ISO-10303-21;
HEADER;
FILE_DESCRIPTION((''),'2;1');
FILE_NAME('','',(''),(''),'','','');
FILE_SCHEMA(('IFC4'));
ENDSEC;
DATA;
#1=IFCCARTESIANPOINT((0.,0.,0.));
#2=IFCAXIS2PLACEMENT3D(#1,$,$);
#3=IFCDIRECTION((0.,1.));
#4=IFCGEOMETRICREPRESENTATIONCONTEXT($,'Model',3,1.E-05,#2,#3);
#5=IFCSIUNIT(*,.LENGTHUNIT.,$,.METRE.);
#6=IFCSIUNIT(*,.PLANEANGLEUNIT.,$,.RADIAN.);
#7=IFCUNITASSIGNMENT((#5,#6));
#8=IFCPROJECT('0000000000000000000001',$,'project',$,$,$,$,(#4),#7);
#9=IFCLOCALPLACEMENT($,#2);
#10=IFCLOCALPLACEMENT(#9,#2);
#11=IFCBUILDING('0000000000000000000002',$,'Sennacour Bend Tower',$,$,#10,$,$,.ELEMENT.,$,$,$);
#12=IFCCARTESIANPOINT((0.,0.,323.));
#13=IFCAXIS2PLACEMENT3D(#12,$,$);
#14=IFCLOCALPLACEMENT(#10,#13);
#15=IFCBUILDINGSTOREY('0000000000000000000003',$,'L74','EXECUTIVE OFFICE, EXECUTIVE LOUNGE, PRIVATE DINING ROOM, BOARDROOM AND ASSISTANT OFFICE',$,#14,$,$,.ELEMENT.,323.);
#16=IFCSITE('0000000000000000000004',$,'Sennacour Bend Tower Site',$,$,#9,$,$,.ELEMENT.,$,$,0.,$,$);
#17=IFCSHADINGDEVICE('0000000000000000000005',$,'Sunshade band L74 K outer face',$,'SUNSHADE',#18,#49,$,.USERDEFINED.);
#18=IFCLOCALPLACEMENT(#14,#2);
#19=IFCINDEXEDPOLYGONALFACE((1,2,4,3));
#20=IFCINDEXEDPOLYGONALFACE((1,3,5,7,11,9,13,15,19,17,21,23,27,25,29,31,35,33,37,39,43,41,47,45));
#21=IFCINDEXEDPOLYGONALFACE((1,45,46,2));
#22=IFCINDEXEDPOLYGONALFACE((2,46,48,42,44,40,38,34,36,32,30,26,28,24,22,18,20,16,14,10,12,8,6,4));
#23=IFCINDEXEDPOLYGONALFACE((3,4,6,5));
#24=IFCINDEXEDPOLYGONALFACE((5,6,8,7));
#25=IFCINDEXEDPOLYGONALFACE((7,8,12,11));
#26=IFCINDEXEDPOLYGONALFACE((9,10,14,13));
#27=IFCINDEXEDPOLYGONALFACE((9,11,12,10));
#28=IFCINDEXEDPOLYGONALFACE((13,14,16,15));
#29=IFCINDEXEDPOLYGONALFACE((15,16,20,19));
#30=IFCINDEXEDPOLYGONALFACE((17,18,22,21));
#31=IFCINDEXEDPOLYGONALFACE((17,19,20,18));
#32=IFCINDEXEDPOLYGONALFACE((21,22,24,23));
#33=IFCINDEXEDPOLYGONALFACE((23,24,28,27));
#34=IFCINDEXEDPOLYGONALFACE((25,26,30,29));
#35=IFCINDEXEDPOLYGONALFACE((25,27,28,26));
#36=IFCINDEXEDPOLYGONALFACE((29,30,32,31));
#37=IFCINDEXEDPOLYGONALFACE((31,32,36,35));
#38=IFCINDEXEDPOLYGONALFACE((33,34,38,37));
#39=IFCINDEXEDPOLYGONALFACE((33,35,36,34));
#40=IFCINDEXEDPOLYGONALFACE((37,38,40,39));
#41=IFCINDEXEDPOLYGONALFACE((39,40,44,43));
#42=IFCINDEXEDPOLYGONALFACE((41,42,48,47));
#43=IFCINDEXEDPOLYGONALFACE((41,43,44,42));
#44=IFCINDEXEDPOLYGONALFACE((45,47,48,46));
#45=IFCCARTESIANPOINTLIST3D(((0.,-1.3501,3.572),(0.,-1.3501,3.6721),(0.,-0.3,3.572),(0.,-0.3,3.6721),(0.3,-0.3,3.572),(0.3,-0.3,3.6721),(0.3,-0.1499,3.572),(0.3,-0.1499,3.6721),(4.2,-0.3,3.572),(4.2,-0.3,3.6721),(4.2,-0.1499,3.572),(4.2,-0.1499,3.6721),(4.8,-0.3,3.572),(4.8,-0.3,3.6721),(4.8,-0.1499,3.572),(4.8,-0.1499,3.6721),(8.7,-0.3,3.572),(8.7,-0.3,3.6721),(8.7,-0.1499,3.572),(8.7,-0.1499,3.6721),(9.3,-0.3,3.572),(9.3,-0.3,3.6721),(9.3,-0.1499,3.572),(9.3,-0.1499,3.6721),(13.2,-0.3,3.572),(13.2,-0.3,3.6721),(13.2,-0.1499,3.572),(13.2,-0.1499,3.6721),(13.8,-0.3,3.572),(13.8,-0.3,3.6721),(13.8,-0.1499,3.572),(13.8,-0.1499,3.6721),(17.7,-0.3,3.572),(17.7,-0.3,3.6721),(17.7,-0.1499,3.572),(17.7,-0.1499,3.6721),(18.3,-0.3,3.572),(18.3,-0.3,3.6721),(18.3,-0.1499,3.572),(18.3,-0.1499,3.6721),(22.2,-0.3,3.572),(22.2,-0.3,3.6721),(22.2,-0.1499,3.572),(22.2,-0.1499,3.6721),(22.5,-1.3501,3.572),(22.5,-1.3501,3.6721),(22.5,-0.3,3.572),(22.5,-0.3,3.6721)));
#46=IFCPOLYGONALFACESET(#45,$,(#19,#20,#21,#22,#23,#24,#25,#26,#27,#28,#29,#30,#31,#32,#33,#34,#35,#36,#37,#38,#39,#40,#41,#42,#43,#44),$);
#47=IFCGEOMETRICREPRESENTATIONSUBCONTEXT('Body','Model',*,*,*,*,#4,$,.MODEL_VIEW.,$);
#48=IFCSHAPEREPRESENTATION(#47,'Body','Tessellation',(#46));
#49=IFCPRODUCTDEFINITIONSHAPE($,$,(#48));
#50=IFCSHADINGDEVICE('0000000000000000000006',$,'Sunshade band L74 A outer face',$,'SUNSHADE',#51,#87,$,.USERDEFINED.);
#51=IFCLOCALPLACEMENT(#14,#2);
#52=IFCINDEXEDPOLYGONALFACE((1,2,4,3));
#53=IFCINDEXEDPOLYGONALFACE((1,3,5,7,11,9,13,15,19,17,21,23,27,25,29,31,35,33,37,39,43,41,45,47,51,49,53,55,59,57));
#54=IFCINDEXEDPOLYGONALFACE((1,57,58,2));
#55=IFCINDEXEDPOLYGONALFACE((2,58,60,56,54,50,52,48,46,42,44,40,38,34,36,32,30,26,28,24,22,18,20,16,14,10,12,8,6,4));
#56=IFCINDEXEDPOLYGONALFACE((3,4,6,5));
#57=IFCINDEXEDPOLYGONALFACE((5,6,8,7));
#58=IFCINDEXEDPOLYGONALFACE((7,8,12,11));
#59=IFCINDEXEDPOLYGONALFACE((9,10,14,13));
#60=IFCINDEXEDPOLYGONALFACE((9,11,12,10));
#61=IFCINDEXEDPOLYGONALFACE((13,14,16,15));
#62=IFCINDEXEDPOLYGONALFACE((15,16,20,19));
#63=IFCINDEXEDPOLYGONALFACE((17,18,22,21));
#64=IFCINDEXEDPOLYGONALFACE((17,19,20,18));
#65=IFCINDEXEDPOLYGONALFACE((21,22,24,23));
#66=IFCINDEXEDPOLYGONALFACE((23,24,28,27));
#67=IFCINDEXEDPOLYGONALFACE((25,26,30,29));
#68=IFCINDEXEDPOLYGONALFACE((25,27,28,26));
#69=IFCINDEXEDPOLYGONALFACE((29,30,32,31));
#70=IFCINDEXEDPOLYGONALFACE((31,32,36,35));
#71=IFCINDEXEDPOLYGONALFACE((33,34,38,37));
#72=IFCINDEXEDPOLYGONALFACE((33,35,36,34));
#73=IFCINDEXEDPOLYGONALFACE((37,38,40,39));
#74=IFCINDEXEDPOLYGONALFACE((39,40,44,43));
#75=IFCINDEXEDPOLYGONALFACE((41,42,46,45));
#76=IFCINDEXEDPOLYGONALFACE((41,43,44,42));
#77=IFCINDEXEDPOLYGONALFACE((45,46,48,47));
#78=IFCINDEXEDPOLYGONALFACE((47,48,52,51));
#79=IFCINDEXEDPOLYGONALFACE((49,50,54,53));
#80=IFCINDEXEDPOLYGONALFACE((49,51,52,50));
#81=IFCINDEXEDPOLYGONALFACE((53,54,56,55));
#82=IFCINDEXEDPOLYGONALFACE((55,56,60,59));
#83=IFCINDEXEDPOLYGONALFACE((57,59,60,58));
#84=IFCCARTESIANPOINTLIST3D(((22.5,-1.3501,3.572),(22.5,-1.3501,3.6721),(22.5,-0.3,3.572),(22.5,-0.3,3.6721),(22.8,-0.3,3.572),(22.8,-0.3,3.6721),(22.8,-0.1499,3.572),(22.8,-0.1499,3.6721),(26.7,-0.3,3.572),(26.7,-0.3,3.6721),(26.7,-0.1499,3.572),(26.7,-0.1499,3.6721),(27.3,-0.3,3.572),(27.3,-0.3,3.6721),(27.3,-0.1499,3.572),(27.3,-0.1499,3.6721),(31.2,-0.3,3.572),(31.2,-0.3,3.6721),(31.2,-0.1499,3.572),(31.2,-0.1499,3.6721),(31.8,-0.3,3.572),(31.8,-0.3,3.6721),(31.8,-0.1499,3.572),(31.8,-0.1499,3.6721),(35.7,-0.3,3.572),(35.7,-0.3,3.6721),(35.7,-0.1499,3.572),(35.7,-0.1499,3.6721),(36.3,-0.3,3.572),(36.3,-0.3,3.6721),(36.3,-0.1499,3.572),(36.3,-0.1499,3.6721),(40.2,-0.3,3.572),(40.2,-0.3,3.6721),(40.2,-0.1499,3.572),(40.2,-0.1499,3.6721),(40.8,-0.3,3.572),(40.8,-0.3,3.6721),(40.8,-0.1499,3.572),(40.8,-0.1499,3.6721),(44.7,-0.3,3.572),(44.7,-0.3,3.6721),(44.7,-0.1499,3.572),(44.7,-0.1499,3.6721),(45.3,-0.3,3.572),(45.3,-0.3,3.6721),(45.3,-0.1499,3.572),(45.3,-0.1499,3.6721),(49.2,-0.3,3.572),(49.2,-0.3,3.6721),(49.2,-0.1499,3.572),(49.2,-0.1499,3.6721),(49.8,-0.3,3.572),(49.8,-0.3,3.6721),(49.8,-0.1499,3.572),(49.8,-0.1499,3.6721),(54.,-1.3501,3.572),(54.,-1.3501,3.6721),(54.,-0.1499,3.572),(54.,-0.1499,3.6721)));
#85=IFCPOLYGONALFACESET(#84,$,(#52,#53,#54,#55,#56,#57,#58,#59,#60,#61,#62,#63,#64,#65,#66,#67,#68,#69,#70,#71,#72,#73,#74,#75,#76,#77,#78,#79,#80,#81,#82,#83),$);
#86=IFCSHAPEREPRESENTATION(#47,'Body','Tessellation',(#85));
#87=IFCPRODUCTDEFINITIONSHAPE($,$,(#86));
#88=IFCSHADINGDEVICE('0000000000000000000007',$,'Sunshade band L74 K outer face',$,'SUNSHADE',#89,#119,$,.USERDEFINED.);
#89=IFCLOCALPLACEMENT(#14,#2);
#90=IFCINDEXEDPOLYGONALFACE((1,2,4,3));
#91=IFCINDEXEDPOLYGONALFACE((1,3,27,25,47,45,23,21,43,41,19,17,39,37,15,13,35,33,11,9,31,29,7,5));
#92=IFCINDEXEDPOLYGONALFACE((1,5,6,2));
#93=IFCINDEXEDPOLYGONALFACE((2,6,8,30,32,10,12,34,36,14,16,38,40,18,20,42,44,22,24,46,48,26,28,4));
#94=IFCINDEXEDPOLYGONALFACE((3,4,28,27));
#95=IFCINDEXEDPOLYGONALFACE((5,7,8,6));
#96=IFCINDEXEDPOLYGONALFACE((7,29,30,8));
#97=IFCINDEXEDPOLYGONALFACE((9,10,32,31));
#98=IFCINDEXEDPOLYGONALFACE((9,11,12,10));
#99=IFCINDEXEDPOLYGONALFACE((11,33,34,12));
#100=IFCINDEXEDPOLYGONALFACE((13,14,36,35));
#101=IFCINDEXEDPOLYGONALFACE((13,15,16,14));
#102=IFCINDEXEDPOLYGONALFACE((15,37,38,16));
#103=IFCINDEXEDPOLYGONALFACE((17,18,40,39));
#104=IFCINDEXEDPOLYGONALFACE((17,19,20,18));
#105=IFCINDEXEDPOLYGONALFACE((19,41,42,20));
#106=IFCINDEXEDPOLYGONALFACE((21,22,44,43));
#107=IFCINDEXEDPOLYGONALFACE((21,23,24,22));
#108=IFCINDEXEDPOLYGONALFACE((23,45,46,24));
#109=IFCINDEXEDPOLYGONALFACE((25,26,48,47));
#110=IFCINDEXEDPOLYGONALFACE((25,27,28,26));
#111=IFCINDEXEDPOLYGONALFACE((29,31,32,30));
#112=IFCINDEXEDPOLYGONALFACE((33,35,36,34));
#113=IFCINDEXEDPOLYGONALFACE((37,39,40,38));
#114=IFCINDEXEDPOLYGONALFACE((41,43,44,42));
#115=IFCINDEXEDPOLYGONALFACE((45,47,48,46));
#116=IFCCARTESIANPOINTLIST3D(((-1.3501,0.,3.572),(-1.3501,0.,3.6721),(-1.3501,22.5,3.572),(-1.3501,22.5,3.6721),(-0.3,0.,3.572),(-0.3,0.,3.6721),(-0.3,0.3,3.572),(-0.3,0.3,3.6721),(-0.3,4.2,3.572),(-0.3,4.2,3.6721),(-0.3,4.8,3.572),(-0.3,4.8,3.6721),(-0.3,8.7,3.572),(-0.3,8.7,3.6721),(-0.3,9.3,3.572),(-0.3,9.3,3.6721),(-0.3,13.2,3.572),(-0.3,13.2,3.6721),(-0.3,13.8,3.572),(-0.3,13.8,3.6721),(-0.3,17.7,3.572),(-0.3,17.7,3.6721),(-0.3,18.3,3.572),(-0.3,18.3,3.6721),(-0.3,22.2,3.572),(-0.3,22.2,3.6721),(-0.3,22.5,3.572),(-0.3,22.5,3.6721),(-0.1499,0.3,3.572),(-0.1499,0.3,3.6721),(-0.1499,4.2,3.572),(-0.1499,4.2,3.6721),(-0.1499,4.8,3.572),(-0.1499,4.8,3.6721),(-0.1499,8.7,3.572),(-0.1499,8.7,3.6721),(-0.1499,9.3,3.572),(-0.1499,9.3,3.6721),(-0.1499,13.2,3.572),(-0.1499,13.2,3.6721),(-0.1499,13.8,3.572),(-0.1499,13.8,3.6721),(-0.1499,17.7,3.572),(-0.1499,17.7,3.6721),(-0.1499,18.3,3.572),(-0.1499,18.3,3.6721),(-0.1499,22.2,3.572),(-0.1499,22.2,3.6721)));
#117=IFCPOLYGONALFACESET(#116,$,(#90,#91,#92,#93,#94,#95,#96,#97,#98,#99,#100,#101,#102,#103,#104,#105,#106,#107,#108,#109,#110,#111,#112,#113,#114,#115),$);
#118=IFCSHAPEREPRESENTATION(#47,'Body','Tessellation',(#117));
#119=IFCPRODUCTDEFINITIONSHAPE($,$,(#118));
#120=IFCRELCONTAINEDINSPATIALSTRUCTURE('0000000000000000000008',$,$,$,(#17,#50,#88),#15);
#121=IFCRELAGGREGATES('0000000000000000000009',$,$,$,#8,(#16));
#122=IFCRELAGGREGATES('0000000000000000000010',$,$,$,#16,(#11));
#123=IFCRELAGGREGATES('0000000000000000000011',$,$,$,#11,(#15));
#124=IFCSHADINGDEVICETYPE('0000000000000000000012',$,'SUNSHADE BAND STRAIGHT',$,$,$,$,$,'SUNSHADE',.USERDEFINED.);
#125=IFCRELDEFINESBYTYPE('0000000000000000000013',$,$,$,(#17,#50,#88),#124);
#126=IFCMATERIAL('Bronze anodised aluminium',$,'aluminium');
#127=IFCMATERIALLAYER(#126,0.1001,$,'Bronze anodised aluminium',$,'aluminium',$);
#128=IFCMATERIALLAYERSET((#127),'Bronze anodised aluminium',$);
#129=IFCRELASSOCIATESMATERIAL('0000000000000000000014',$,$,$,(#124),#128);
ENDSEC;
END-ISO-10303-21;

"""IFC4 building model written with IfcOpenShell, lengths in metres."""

from ifc_helpers import new_model, si_unit, direction, frame, origin, place, context, subcontext, project, spatial, polyline, outline, extrude, material, layer, layer_set, type_object, element, save


model = new_model("IFC4")

# Units and contexts
model_context = context("Model", 3, precision=1e-05, world=origin(), true_north=direction((0.0, 1.0)))
body_context = subcontext(model_context, "Body", "Model", "MODEL_VIEW")
ifc_project = project(units=[si_unit("LENGTHUNIT", "METRE"), si_unit("PLANEANGLEUNIT", "RADIAN")], contexts=[model_context])

# Site, building, storey
site_placement = place(None, origin())
site = spatial("IfcSite", under=ifc_project, at=site_placement, Name="Sennacour Bend Tower Site", CompositionType="ELEMENT", RefElevation=0.0)
building_placement = place(site_placement, origin())
building = spatial("IfcBuilding", under=site, at=building_placement, Name="Sennacour Bend Tower", CompositionType="ELEMENT")
storey_placement = place(building_placement, frame((0.0, 0.0, 323.0)))
storey = spatial("IfcBuildingStorey", under=building, at=storey_placement, Name="L74", Description="EXECUTIVE OFFICE, EXECUTIVE LOUNGE, PRIVATE DINING ROOM, BOARDROOM AND ASSISTANT OFFICE", CompositionType="ELEMENT", Elevation=323.0)

# Shading devices
ifc_material_1 = material(Name="Bronze anodised aluminium", Category="aluminium")
ifc_layer_1 = layer(ifc_material_1, 0.1001, Name="Bronze anodised aluminium", Category="aluminium")
ifc_layer_set_1 = layer_set([ifc_layer_1], Name="Bronze anodised aluminium")
shading_device_type_1 = type_object("IfcShadingDeviceType", Name="SUNSHADE BAND STRAIGHT", ElementType="SUNSHADE", PredefinedType="USERDEFINED", material=ifc_layer_set_1)
shading_device_1_placement = place(storey_placement, frame((0.0, 0.0, 3.572)))
element("IfcShadingDevice", 1, at=shading_device_1_placement, inside=storey, type_object=shading_device_type_1, Name="Sunshade band L74 K outer face", ObjectType="SUNSHADE", PredefinedType="USERDEFINED", context=body_context, shape_type="SweptSolid", body=[
    extrude(outline(polyline([(4.2, -0.1499), (4.2, -0.3), (4.8, -0.3), (4.8, -0.1499), (8.7, -0.1499), (8.7, -0.3), (9.3, -0.3), (9.3, -0.1499), (13.2, -0.1499), (13.2, -0.3), (13.8, -0.3), (13.8, -0.1499), (17.7, -0.1499), (17.7, -0.3), (18.3, -0.3), (18.3, -0.1499), (22.2, -0.1499), (22.2, -0.3), (22.5, -0.3), (22.5, -1.3501), (0.0, -1.3501), (0.0, -0.3), (0.3, -0.3), (0.3, -0.1499), (4.2, -0.1499)])), origin(), (0.0, 0.0, 1.0), 0.1001),
])
shading_device_2_placement = place(storey_placement, frame((0.0, 0.0, 3.572)))
element("IfcShadingDevice", 2, at=shading_device_2_placement, inside=storey, type_object=shading_device_type_1, Name="Sunshade band L74 A outer face", ObjectType="SUNSHADE", PredefinedType="USERDEFINED", context=body_context, shape_type="SweptSolid", body=[
    extrude(outline(polyline([(26.7, -0.1499), (26.7, -0.3), (27.3, -0.3), (27.3, -0.1499), (31.2, -0.1499), (31.2, -0.3), (31.8, -0.3), (31.8, -0.1499), (35.7, -0.1499), (35.7, -0.3), (36.3, -0.3), (36.3, -0.1499), (40.2, -0.1499), (40.2, -0.3), (40.8, -0.3), (40.8, -0.1499), (44.7, -0.1499), (44.7, -0.3), (45.3, -0.3), (45.3, -0.1499), (49.2, -0.1499), (49.2, -0.3), (49.8, -0.3), (49.8, -0.1499), (54.0, -0.1499), (54.0, -1.3501), (22.5, -1.3501), (22.5, -0.3), (22.8, -0.3), (22.8, -0.1499), (26.7, -0.1499)])), origin(), (0.0, 0.0, 1.0), 0.1001),
])
shading_device_3_placement = place(storey_placement, frame((0.0, 0.0, 3.572)))
element("IfcShadingDevice", 3, at=shading_device_3_placement, inside=storey, type_object=shading_device_type_1, Name="Sunshade band L74 K outer face", ObjectType="SUNSHADE", PredefinedType="USERDEFINED", context=body_context, shape_type="SweptSolid", body=[
    extrude(outline(polyline([(-0.1499, 18.3), (-0.3, 18.3), (-0.3, 17.7), (-0.1499, 17.7), (-0.1499, 13.8), (-0.3, 13.8), (-0.3, 13.2), (-0.1499, 13.2), (-0.1499, 9.3), (-0.3, 9.3), (-0.3, 8.7), (-0.1499, 8.7), (-0.1499, 4.8), (-0.3, 4.8), (-0.3, 4.2), (-0.1499, 4.2), (-0.1499, 0.3), (-0.3, 0.3), (-0.3, 0.0), (-1.3501, 0.0), (-1.3501, 22.5), (-0.3, 22.5), (-0.3, 22.2), (-0.1499, 22.2), (-0.1499, 18.3)])), origin(), (0.0, 0.0, 1.0), 0.1001),
])

save(model, "model.ifc")
